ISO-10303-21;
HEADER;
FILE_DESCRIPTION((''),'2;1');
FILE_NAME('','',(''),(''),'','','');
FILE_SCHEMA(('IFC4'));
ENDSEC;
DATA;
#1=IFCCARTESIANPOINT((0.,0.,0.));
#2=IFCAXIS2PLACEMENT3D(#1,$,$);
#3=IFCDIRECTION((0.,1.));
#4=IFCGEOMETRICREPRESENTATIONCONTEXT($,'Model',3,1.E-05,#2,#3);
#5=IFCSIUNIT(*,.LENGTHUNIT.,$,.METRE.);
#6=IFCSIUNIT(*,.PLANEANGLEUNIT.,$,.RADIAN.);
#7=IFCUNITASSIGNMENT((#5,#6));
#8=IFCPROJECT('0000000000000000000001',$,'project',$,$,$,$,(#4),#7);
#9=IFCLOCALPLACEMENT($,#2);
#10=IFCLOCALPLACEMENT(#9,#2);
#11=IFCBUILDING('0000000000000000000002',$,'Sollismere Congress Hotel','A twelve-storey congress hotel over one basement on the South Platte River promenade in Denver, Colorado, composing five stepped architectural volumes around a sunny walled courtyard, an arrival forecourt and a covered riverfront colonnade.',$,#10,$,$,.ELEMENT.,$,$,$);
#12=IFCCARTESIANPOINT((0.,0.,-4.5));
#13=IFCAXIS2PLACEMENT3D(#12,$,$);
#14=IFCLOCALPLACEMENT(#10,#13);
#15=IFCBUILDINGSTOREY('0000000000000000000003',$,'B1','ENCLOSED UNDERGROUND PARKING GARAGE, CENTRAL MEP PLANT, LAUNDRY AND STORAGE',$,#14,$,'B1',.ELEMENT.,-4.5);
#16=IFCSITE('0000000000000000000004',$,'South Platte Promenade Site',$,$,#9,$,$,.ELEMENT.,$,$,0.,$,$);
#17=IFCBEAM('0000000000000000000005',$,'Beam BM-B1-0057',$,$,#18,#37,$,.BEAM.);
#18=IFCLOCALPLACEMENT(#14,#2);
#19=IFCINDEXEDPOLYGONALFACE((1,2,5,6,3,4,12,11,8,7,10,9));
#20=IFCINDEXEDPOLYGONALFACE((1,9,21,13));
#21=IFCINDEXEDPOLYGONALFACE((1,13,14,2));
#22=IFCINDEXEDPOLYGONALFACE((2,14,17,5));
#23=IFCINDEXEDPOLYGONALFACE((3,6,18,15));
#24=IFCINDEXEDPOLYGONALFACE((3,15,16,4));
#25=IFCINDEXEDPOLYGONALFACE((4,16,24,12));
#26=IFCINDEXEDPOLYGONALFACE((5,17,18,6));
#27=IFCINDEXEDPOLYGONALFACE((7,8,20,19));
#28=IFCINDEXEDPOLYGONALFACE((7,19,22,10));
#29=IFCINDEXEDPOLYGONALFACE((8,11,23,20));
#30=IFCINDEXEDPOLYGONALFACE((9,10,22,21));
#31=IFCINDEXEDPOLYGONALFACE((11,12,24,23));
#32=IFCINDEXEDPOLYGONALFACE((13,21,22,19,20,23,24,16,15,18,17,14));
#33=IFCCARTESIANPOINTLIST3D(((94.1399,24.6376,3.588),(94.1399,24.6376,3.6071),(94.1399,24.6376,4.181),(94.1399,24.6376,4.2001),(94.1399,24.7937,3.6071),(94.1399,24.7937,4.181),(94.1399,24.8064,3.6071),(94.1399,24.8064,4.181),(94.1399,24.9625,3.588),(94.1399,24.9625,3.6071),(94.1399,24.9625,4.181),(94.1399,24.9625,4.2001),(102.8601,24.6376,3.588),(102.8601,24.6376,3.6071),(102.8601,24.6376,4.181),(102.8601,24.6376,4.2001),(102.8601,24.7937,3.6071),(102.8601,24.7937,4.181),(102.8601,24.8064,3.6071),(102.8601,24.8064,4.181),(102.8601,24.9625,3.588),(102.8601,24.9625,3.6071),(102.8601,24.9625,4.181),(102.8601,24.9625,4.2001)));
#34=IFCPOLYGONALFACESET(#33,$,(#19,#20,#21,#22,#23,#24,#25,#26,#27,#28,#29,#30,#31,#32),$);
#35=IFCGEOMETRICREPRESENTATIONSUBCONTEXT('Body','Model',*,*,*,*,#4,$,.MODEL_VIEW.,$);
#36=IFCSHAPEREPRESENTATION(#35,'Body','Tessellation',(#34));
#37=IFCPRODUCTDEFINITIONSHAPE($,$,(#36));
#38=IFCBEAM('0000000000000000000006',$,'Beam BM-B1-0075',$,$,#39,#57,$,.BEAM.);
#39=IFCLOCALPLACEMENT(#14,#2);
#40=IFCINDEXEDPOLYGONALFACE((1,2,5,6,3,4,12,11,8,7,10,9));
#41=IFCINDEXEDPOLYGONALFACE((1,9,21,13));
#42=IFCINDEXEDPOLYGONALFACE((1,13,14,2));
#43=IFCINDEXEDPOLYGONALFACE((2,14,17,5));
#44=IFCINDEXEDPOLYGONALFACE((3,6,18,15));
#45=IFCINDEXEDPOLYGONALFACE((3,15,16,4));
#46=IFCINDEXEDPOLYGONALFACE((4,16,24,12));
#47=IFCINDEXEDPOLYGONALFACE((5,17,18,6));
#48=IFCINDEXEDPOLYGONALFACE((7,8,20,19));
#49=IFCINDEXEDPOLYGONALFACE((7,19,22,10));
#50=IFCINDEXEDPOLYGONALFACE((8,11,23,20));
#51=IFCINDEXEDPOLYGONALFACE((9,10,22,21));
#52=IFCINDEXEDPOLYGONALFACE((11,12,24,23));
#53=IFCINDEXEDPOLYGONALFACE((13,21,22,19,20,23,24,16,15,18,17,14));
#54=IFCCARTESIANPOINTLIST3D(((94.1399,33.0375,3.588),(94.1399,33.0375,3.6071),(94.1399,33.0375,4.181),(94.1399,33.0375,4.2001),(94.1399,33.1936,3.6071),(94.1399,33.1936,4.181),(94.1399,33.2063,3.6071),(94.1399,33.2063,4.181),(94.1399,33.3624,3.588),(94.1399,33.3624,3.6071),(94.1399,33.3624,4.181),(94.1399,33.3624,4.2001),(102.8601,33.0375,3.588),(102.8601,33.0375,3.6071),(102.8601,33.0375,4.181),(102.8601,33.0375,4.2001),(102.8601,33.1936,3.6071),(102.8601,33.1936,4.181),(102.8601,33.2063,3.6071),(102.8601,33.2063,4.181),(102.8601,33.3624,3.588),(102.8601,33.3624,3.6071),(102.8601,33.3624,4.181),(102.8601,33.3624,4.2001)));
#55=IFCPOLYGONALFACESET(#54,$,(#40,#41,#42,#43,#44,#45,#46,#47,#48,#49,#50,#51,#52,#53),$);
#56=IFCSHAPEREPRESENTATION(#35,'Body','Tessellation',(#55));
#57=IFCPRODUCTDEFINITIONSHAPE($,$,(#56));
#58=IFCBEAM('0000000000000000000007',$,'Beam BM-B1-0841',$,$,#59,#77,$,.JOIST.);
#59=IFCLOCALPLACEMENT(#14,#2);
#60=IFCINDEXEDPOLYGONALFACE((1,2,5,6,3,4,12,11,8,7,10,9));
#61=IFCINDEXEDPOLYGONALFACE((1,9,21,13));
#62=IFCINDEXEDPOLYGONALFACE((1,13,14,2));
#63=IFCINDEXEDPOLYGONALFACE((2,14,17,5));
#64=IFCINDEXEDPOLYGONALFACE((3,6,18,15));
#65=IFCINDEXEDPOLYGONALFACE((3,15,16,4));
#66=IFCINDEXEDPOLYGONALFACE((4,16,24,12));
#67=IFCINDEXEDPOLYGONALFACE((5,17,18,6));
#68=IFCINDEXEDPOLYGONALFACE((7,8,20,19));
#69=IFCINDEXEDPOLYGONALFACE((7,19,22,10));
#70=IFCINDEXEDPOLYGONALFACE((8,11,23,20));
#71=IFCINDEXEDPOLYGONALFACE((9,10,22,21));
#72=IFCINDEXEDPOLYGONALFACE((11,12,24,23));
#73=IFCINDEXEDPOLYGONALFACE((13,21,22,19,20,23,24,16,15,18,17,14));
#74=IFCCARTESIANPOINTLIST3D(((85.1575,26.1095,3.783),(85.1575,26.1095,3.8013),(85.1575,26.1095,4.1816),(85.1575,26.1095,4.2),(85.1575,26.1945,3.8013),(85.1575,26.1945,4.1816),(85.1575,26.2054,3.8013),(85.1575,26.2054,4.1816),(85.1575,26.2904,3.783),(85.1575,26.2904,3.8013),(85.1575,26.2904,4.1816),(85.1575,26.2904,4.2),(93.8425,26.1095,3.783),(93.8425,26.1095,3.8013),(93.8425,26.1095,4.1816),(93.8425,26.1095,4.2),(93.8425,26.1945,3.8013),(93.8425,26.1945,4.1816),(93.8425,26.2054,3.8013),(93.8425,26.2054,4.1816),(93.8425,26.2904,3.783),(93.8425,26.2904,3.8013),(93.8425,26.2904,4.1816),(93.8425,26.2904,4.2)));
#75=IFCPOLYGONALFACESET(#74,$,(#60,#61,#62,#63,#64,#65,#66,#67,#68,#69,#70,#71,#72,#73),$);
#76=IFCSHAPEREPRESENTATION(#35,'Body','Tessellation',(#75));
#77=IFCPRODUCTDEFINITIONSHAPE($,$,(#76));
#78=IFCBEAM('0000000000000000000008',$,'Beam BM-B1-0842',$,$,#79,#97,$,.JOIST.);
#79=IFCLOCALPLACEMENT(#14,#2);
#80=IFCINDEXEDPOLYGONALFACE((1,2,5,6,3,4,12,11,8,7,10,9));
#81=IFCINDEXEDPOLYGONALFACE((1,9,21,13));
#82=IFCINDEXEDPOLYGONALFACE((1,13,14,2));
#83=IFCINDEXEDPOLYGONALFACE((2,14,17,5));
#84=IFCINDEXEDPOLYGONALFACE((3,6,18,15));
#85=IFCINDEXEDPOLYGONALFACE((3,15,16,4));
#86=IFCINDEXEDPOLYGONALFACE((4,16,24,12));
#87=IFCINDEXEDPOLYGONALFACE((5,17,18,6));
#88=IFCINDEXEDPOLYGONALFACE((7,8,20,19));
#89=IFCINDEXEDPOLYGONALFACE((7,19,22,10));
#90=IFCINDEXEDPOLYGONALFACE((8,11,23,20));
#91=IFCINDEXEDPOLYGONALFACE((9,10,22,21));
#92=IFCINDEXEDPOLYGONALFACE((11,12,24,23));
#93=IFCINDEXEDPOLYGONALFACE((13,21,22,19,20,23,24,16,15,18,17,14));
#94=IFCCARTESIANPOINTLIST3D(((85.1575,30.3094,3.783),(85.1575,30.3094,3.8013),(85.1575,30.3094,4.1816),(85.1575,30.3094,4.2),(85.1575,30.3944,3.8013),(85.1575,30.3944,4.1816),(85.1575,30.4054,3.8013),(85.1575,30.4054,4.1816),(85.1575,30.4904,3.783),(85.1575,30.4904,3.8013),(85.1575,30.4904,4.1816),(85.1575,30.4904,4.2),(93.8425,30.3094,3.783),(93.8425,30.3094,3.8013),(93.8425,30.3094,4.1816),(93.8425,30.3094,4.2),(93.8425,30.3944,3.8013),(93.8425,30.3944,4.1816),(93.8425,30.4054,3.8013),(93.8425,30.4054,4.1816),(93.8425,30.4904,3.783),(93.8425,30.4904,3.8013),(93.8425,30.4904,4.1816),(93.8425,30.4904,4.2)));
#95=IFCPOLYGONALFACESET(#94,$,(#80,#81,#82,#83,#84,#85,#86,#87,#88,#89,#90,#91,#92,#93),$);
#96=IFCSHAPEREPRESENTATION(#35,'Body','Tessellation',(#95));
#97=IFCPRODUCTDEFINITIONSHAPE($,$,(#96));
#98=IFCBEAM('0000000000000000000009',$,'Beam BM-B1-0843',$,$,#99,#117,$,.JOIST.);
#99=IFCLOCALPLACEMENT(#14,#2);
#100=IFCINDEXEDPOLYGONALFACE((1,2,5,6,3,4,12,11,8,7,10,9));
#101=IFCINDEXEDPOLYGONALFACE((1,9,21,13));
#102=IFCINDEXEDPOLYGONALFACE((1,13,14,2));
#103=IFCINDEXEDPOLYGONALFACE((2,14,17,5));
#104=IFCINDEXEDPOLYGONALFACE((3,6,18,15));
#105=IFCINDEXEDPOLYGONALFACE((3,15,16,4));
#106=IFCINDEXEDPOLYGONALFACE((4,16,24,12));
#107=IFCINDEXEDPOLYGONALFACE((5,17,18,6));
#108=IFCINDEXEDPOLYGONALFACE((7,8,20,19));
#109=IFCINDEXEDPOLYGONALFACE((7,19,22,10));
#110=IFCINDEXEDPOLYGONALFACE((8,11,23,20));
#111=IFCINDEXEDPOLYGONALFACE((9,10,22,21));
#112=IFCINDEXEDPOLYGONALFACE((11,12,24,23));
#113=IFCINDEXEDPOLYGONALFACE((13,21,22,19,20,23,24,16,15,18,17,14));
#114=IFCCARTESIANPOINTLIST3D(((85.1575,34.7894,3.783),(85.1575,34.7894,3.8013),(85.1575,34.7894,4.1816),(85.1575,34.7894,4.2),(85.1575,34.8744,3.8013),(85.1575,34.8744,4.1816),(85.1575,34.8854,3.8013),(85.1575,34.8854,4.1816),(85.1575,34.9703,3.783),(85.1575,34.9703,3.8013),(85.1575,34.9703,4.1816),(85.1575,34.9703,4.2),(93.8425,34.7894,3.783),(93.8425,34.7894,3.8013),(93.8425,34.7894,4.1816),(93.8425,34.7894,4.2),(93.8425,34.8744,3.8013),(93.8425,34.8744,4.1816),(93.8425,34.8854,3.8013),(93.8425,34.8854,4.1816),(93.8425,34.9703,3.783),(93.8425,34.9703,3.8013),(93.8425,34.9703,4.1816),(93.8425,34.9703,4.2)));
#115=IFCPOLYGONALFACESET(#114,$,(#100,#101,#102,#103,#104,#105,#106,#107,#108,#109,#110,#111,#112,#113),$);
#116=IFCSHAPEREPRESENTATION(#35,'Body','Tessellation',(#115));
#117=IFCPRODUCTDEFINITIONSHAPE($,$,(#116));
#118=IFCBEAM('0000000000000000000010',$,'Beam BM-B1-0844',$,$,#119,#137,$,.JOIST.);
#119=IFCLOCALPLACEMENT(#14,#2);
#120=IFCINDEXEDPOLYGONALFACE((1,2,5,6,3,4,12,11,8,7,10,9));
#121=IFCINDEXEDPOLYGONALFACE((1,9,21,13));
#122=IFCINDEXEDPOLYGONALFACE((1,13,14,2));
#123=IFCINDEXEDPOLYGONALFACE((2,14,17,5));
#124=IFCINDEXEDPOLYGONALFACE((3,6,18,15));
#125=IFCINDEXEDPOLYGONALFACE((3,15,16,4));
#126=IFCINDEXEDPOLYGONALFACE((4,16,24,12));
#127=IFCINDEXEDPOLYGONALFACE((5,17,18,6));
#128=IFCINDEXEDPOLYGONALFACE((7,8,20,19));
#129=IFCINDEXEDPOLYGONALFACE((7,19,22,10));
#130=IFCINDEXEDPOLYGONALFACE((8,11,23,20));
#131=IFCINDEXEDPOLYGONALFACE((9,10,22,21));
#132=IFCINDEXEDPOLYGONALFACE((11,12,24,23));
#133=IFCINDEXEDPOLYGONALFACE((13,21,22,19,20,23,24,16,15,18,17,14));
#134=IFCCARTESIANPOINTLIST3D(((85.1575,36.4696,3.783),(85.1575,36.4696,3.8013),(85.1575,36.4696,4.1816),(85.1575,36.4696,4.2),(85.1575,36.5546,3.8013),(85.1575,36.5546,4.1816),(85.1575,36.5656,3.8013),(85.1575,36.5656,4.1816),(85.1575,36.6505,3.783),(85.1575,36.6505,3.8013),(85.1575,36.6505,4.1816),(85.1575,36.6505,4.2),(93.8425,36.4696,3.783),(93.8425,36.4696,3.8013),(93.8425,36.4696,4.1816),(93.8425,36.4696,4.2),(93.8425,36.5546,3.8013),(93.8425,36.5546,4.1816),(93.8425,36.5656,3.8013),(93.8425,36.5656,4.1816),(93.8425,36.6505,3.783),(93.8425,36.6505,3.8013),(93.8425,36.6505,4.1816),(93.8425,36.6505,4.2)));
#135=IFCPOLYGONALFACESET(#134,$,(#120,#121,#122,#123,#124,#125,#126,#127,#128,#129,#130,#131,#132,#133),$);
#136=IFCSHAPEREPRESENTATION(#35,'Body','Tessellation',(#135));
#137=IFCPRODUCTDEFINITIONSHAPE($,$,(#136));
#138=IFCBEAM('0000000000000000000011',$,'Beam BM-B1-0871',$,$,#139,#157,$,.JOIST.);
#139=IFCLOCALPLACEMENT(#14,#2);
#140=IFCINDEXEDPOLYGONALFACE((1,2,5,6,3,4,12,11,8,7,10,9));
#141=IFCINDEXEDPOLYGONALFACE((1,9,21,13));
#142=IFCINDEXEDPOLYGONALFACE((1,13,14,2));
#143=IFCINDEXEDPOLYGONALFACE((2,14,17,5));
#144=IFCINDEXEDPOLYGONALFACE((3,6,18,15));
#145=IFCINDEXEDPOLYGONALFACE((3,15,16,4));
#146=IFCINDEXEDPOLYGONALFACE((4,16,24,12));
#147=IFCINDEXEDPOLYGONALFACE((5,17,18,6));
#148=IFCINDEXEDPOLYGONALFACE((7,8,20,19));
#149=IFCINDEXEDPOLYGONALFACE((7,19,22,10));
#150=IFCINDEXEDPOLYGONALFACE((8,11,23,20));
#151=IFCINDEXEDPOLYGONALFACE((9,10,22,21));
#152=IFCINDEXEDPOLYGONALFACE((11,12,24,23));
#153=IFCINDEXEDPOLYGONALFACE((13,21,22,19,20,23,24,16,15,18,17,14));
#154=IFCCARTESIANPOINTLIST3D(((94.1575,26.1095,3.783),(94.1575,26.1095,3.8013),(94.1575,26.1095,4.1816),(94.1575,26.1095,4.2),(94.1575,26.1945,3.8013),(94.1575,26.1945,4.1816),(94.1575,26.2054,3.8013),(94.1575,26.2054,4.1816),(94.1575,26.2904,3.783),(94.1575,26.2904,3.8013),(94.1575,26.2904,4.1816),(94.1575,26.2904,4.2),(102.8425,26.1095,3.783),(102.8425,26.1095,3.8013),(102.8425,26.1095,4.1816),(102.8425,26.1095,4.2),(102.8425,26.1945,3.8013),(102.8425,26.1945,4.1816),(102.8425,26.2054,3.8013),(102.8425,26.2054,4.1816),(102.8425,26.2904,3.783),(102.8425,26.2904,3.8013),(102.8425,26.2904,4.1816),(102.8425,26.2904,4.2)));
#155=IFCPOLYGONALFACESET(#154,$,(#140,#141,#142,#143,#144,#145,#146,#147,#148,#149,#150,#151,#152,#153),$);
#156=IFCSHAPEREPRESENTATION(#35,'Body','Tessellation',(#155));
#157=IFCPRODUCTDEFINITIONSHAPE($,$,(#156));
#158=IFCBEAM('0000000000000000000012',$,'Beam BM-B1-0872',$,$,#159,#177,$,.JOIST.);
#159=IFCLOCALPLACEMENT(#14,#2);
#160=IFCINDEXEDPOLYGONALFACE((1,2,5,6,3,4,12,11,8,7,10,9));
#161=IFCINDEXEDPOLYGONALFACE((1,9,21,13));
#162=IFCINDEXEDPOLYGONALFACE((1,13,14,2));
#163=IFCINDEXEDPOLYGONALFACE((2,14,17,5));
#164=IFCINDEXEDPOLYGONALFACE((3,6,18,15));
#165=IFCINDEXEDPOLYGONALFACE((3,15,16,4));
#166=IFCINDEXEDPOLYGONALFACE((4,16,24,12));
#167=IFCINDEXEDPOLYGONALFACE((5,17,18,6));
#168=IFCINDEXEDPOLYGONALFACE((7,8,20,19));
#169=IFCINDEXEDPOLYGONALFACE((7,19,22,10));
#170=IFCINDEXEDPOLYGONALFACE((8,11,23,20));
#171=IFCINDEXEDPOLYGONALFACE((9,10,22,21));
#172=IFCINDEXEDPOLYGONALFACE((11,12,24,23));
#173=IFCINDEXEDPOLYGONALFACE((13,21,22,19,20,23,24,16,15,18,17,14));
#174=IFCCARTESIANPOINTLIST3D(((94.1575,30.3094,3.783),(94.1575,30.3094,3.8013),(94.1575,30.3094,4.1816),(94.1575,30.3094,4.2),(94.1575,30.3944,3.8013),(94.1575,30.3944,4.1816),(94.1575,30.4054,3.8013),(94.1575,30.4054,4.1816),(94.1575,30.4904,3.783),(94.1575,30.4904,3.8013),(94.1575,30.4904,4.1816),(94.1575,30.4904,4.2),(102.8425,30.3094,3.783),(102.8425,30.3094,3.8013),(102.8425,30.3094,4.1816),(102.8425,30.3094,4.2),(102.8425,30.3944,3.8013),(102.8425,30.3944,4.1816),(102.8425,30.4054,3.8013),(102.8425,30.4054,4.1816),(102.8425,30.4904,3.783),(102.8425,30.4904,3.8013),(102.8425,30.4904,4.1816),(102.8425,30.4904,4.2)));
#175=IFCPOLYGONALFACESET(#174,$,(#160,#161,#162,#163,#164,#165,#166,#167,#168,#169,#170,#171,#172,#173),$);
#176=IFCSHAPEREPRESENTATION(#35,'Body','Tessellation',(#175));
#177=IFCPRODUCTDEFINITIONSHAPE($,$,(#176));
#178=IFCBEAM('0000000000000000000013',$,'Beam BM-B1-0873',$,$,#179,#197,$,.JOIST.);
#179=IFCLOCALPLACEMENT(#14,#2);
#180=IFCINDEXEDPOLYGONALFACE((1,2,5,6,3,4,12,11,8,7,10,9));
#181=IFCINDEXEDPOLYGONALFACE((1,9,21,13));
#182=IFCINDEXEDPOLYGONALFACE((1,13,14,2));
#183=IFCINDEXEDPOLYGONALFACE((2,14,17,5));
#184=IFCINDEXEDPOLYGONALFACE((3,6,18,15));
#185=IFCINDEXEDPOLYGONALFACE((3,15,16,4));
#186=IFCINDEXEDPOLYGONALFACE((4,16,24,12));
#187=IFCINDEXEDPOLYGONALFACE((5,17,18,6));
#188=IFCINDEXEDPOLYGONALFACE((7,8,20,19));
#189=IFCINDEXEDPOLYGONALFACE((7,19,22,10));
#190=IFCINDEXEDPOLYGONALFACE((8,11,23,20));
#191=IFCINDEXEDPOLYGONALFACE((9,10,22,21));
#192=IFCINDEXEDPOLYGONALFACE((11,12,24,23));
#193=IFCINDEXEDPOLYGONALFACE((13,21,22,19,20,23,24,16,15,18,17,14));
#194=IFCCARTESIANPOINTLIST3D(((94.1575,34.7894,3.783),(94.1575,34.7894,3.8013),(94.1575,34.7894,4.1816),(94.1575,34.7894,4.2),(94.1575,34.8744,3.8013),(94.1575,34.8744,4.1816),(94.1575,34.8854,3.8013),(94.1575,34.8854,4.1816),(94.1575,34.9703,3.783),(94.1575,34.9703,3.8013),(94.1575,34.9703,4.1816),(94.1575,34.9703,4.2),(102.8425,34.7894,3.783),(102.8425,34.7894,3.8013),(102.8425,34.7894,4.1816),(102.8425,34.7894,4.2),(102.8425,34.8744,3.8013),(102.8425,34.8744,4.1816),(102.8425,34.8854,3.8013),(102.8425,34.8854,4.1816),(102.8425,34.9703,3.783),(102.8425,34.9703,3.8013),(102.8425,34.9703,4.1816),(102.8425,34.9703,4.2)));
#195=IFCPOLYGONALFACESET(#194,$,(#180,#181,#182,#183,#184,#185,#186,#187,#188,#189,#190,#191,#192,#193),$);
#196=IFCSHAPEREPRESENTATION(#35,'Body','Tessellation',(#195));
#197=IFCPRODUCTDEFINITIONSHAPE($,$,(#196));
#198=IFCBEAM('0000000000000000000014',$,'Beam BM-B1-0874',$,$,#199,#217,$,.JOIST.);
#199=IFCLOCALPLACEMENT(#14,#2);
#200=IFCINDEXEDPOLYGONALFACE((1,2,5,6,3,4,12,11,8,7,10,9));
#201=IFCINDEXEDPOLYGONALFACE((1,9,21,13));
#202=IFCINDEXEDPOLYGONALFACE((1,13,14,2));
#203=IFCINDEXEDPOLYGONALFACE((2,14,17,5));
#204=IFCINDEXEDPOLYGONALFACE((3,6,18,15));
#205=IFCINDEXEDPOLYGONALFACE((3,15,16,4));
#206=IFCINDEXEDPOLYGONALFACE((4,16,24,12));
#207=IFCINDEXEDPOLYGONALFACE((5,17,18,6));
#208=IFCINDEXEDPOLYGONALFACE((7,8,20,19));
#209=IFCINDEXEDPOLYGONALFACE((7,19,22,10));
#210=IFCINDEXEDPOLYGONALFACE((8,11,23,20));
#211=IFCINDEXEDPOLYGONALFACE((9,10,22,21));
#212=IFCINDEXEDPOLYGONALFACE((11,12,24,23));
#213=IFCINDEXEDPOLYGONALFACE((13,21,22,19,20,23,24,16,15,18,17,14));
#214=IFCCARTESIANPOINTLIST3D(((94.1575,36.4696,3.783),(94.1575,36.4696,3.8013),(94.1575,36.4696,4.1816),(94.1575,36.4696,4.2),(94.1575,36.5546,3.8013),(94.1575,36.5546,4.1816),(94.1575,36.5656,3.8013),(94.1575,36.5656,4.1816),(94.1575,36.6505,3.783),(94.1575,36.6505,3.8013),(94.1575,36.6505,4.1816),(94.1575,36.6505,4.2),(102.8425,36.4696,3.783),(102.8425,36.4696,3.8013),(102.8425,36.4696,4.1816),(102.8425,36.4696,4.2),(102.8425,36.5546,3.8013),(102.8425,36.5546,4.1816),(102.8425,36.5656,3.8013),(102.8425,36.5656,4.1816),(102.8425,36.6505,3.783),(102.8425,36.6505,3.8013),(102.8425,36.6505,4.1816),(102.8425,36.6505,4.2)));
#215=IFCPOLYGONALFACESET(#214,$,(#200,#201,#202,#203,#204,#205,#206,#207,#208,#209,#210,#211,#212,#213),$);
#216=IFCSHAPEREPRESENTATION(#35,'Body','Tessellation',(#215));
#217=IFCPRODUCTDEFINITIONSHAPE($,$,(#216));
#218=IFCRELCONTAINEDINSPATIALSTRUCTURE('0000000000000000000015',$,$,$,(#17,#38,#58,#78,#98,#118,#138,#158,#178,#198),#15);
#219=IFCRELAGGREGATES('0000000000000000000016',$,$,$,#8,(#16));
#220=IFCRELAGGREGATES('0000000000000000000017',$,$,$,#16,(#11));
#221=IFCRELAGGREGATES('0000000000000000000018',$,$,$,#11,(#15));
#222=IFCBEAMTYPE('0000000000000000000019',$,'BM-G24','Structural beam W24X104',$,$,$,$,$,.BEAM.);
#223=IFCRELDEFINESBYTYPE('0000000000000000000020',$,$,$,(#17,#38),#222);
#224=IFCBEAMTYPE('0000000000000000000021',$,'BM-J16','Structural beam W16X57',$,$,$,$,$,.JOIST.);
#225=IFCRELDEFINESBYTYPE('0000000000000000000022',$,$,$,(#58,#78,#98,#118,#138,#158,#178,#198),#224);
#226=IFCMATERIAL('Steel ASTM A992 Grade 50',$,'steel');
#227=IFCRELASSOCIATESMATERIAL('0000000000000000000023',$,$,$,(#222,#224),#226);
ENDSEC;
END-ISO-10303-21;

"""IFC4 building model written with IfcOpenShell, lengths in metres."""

from ifc_helpers import new_model, si_unit, direction, frame, origin, origin_2d, place, context, subcontext, project, spatial, i_section, extrude, material, material_profile, profile_set, type_object, element, save


model = new_model("IFC4")

# Units and contexts
model_context = context("Model", 3, precision=1e-05, world=origin(), true_north=direction((0.0, 1.0)))
body_context = subcontext(model_context, "Body", "Model", "MODEL_VIEW")
ifc_project = project(units=[si_unit("LENGTHUNIT", "METRE"), si_unit("PLANEANGLEUNIT", "RADIAN")], contexts=[model_context])

# Site, building, storey
site_placement = place(None, origin())
site = spatial("IfcSite", under=ifc_project, at=site_placement, Name="South Platte Promenade Site", CompositionType="ELEMENT", RefElevation=0.0)
building_placement = place(site_placement, origin())
building = spatial("IfcBuilding", under=site, at=building_placement, Name="Sollismere Congress Hotel", Description="A twelve-storey congress hotel over one basement on the South Platte River promenade in Denver, Colorado, composing five stepped architectural volumes around a sunny walled courtyard, an arrival forecourt and a covered riverfront colonnade.", CompositionType="ELEMENT")
storey_placement = place(building_placement, frame((0.0, 0.0, -4.5)))
storey = spatial("IfcBuildingStorey", under=building, at=storey_placement, Name="B1", Description="ENCLOSED UNDERGROUND PARKING GARAGE, CENTRAL MEP PLANT, LAUNDRY AND STORAGE", LongName="B1", CompositionType="ELEMENT", Elevation=-4.5)

# Beams
ifc_material_1 = material(Name="Steel ASTM A992 Grade 50", Category="steel")
ifc_material_profile_1 = material_profile(ifc_material_1, i_section(OverallWidth=0.325, OverallDepth=0.6121, WebThickness=0.0127, FlangeThickness=0.019, at=origin_2d()), Name="W24X104")
ifc_profile_set_1 = profile_set([ifc_material_profile_1], Name="Steel ASTM A992 Grade 50")
beam_type_1 = type_object("IfcBeamType", Name="BM-G24", Description="Structural beam W24X104", PredefinedType="BEAM", material=ifc_profile_set_1)
for number, where, z_axis, x_axis, name in (
    (1, (94.1399, 24.8, 3.894), (1.0, 0.0, 0.0), (0.0, 1.0, 0.0), "Beam BM-B1-0057"),
    (2, (94.1399, 33.2, 3.894), (1.0, 0.0, 0.0), (0.0, 1.0, 0.0), "Beam BM-B1-0075"),
):
    element("IfcBeam", number, at=place(storey_placement, frame(where, z_axis=z_axis, x_axis=x_axis)), inside=storey, type_object=beam_type_1, Name=name, PredefinedType="BEAM", context=body_context, shape_type="SweptSolid", body=[
        extrude(i_section(OverallWidth=0.325, OverallDepth=0.6121, WebThickness=0.0127, FlangeThickness=0.019, at=origin_2d()), origin(), (0.0, 0.0, 1.0), 8.7202),
    ])
ifc_material_profile_2 = material_profile(ifc_material_1, i_section(OverallWidth=0.1809, OverallDepth=0.417, WebThickness=0.011, FlangeThickness=0.0183, at=origin_2d()), Name="W16X57")
ifc_profile_set_2 = profile_set([ifc_material_profile_2], Name="Steel ASTM A992 Grade 50")
beam_type_2 = type_object("IfcBeamType", Name="BM-J16", Description="Structural beam W16X57", PredefinedType="JOIST", material=ifc_profile_set_2)
for number, where, z_axis, x_axis, name in (
    (3, (85.1575, 26.2, 3.9915), (1.0, 0.0, 0.0), (0.0, 1.0, 0.0), "Beam BM-B1-0841"),
    (4, (85.1575, 30.3999, 3.9915), (1.0, 0.0, 0.0), (0.0, 1.0, 0.0), "Beam BM-B1-0842"),
    (5, (85.1575, 34.8799, 3.9915), (1.0, 0.0, 0.0), (0.0, 1.0, 0.0), "Beam BM-B1-0843"),
    (6, (85.1575, 36.5601, 3.9915), (1.0, 0.0, 0.0), (0.0, 1.0, 0.0), "Beam BM-B1-0844"),
    (7, (94.1575, 26.2, 3.9915), (1.0, 0.0, 0.0), (0.0, 1.0, 0.0), "Beam BM-B1-0871"),
    (8, (94.1575, 30.3999, 3.9915), (1.0, 0.0, 0.0), (0.0, 1.0, 0.0), "Beam BM-B1-0872"),
    (9, (94.1575, 34.8799, 3.9915), (1.0, 0.0, 0.0), (0.0, 1.0, 0.0), "Beam BM-B1-0873"),
    (10, (94.1575, 36.5601, 3.9915), (1.0, 0.0, 0.0), (0.0, 1.0, 0.0), "Beam BM-B1-0874"),
):
    element("IfcBeam", number, at=place(storey_placement, frame(where, z_axis=z_axis, x_axis=x_axis)), inside=storey, type_object=beam_type_2, Name=name, PredefinedType="JOIST", context=body_context, shape_type="SweptSolid", body=[
        extrude(i_section(OverallWidth=0.1809, OverallDepth=0.417, WebThickness=0.011, FlangeThickness=0.0183, at=origin_2d()), origin(), (0.0, 0.0, 1.0), 8.6851),
    ])

save(model, "model.ifc")
